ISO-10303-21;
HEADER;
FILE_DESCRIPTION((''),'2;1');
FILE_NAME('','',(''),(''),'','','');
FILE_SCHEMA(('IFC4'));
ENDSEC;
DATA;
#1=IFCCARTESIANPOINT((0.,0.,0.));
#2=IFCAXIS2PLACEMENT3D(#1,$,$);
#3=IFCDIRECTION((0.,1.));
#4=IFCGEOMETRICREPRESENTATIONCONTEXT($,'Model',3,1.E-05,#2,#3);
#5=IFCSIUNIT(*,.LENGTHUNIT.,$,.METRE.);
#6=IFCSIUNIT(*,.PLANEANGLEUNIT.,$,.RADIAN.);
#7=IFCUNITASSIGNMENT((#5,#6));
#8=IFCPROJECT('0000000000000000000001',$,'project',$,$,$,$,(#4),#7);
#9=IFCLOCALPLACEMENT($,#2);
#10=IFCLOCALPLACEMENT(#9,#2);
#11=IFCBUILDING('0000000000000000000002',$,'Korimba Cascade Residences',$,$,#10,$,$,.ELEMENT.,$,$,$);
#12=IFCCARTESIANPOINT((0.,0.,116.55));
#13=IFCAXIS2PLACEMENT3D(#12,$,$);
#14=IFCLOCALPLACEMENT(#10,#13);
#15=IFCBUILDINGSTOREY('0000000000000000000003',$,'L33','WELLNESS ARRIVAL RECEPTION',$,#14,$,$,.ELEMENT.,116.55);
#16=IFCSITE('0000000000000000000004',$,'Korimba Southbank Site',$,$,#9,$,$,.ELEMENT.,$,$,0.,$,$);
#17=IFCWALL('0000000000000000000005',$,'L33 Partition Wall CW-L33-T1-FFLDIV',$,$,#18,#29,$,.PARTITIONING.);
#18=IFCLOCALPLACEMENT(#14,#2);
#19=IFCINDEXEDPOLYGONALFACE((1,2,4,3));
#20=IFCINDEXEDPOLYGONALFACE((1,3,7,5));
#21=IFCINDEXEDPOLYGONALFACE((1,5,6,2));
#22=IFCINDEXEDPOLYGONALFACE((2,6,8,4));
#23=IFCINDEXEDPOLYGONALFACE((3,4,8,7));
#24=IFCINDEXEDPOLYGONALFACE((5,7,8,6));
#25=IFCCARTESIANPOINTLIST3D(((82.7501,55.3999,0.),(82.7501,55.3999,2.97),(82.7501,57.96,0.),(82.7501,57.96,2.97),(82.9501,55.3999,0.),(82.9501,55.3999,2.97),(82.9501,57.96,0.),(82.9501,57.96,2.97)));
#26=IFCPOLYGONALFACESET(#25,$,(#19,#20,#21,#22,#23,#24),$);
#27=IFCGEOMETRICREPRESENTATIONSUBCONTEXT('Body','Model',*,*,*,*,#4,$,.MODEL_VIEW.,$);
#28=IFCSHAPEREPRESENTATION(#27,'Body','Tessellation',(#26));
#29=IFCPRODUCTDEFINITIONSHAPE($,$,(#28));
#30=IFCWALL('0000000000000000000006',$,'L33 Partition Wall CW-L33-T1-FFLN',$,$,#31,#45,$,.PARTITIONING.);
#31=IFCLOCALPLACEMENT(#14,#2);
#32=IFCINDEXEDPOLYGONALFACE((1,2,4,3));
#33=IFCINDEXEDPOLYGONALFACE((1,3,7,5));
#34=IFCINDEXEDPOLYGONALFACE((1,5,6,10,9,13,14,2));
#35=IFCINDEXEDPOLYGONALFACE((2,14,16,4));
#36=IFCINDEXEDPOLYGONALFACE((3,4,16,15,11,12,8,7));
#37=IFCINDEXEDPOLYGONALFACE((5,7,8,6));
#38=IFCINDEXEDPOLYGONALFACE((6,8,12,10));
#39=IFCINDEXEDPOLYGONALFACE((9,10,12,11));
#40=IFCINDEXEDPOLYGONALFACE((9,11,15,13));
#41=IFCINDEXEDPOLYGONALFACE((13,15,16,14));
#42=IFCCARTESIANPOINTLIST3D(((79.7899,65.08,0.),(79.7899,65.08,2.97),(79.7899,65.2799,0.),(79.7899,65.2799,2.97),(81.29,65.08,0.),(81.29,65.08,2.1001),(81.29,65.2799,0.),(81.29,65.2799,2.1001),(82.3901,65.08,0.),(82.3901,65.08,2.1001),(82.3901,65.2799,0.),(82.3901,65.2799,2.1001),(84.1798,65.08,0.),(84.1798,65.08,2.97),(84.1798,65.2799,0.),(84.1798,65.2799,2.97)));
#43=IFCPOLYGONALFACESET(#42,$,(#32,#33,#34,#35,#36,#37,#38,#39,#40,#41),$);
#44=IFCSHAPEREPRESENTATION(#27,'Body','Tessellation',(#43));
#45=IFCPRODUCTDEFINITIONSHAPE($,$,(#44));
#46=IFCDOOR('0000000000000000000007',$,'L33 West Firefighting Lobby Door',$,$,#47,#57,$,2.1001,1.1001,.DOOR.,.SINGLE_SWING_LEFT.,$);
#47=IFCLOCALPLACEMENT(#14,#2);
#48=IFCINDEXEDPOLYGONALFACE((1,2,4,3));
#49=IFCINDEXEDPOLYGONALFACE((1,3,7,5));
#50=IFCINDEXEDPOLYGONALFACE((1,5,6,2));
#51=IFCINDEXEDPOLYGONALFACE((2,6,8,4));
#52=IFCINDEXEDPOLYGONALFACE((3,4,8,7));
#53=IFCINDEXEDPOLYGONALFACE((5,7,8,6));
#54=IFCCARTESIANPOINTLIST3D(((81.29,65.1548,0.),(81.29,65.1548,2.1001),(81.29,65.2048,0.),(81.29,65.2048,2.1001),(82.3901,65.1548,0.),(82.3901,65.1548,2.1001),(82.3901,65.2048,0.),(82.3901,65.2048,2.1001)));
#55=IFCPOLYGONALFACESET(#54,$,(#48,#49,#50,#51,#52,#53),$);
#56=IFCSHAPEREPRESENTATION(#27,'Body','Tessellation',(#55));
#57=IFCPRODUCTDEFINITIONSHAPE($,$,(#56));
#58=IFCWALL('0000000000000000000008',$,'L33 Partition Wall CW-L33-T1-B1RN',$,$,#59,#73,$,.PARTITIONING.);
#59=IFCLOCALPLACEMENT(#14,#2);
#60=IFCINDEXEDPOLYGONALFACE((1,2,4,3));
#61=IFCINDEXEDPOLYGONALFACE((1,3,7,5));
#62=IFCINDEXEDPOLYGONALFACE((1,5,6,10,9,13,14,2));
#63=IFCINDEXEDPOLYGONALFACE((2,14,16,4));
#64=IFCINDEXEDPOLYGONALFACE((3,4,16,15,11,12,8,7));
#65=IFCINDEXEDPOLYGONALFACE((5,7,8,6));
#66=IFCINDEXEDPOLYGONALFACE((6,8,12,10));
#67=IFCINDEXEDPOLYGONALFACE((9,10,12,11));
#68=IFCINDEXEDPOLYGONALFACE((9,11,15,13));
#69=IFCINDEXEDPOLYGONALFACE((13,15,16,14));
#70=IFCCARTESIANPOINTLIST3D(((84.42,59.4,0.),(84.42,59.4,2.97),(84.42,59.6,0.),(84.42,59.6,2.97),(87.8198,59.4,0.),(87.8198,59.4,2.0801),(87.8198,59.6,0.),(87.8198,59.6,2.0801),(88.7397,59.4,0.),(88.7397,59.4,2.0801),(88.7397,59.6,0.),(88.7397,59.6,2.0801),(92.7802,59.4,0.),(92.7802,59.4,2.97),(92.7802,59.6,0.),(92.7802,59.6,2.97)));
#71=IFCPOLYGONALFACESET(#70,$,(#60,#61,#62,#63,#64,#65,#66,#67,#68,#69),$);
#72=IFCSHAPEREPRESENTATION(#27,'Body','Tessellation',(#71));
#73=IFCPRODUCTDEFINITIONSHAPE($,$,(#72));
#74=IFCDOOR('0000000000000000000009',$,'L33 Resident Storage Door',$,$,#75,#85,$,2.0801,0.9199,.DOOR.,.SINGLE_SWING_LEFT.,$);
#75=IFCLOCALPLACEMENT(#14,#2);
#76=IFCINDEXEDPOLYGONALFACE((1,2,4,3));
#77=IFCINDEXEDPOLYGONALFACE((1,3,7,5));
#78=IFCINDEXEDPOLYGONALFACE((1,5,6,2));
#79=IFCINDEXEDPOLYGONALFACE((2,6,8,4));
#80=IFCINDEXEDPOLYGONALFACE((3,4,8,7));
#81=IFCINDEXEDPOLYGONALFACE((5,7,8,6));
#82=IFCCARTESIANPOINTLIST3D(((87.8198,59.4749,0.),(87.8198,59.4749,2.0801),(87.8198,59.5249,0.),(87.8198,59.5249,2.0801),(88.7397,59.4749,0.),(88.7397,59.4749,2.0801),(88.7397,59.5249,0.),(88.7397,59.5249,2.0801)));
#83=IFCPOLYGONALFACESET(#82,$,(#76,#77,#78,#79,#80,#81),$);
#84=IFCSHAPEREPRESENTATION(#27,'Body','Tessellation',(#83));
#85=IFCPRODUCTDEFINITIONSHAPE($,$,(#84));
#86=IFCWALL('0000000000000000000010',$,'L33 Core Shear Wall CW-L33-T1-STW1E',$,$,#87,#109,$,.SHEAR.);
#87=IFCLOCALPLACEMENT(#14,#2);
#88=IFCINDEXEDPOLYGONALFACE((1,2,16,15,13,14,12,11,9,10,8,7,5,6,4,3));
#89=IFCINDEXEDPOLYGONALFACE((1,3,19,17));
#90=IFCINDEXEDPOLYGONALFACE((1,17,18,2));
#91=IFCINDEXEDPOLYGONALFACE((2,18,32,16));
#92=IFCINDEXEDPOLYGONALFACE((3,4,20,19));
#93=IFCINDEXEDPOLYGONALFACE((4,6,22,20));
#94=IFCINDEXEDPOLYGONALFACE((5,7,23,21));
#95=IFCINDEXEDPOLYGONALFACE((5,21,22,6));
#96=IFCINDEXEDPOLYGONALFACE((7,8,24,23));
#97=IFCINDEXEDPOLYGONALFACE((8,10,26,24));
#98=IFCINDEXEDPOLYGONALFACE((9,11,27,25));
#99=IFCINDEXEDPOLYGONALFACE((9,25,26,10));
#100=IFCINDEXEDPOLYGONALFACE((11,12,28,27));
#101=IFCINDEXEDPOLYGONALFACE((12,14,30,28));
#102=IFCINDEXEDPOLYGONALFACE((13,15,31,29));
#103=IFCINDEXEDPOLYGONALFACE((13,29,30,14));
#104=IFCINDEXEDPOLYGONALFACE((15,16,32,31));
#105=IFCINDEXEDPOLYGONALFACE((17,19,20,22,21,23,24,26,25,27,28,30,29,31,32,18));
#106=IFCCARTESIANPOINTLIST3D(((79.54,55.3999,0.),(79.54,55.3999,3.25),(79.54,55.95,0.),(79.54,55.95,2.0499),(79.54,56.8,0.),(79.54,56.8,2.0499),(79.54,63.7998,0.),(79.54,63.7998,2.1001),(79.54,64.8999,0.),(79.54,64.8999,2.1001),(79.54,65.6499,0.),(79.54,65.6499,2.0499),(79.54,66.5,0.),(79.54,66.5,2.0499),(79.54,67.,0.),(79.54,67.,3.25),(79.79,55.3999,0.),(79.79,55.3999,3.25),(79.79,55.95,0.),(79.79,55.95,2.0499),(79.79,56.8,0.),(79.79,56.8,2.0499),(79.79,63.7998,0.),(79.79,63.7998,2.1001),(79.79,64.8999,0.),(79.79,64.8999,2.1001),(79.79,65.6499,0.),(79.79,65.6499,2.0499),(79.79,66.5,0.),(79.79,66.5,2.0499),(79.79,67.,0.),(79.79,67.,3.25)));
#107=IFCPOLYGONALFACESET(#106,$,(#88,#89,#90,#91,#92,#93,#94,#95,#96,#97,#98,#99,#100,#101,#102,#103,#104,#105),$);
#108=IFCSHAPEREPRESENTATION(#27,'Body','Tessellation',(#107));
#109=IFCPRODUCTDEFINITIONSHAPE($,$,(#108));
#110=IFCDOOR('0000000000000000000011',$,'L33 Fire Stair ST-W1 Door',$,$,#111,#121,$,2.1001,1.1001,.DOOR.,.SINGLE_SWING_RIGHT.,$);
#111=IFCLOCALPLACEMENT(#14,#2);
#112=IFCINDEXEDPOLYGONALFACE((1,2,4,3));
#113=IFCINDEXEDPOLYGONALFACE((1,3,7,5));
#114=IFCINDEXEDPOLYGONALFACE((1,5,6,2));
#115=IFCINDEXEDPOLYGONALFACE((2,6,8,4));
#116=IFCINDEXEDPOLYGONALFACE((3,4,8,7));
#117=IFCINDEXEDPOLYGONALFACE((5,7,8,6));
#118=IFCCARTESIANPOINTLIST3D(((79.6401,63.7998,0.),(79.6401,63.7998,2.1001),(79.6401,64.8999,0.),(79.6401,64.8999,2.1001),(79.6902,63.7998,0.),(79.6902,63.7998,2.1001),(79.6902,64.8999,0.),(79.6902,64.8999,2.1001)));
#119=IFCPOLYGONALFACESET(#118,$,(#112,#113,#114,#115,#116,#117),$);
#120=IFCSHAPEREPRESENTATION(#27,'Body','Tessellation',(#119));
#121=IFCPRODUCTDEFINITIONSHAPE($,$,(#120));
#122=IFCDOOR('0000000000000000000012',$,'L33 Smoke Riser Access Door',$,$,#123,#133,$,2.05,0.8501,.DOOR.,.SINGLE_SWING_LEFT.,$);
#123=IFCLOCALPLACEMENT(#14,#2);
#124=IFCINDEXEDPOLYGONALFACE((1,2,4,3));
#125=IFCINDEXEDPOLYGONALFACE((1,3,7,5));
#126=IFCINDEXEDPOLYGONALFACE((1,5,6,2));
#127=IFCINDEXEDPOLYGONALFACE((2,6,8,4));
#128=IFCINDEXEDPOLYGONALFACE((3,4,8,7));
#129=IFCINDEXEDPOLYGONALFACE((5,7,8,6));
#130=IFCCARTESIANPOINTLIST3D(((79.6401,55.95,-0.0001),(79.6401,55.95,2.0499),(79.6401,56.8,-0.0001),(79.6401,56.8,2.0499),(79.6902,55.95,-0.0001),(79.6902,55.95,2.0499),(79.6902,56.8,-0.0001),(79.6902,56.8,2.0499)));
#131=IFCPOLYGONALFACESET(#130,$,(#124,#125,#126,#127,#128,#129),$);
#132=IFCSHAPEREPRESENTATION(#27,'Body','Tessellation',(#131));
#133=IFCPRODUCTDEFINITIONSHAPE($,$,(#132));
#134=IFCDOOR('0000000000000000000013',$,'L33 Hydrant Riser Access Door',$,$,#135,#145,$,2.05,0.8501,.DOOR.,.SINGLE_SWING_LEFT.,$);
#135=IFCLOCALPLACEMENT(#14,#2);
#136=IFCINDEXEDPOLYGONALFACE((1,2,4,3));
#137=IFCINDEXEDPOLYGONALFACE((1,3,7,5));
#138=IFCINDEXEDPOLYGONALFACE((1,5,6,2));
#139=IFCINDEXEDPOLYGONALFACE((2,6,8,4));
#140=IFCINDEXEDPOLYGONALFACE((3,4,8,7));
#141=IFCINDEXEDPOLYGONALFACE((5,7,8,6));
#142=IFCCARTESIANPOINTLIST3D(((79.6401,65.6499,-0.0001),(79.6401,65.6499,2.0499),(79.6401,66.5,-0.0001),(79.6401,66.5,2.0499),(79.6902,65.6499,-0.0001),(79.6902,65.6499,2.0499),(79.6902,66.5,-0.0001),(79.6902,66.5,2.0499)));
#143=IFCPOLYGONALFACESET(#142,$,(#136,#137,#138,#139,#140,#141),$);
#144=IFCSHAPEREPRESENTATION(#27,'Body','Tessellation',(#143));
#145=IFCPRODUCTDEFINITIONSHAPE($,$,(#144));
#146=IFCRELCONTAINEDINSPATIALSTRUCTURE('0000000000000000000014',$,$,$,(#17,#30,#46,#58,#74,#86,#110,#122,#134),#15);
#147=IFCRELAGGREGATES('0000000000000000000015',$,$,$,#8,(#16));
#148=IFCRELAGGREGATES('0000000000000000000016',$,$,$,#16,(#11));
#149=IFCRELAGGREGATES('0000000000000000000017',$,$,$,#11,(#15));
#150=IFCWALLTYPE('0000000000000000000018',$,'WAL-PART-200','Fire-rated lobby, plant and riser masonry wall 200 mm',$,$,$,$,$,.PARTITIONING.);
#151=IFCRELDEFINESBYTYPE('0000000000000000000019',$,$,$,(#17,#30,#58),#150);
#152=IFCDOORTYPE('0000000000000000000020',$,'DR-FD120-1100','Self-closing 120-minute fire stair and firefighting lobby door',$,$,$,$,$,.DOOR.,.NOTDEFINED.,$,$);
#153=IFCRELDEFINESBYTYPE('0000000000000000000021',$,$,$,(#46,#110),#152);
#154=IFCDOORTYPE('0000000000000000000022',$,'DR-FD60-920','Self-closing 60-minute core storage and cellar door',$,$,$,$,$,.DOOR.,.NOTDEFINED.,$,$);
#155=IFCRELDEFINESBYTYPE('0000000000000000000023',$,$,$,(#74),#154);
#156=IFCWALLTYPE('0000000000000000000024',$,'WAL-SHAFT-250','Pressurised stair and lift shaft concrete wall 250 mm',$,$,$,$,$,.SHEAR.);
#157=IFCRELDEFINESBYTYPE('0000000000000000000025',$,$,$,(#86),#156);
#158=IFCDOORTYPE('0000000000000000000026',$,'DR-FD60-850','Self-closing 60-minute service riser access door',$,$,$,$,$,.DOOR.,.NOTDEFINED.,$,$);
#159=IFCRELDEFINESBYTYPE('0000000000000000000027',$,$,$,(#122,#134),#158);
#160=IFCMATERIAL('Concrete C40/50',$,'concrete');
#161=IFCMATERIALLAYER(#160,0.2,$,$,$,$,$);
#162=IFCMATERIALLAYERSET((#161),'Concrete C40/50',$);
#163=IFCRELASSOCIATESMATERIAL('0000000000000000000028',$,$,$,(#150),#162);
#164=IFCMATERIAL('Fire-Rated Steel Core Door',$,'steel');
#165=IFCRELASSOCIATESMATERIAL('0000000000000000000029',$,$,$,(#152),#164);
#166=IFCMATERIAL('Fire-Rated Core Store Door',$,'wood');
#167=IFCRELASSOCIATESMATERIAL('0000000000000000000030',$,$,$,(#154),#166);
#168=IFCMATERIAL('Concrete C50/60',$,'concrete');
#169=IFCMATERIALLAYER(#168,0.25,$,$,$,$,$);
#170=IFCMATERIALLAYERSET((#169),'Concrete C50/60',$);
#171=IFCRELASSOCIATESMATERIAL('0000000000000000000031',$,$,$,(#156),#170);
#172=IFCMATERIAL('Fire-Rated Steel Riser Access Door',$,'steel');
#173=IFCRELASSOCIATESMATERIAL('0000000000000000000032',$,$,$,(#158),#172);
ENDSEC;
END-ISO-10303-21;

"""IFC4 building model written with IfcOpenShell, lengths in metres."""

from ifc_helpers import new_model, si_unit, direction, frame, frame_2d, origin, place, context, subcontext, project, spatial, rectangle, extrude, material, layer, layer_set, type_object, element, fill, save


model = new_model("IFC4")

# Units and contexts
model_context = context("Model", 3, precision=1e-05, world=origin(), true_north=direction((0.0, 1.0)))
body_context = subcontext(model_context, "Body", "Model", "MODEL_VIEW")
ifc_project = project(units=[si_unit("LENGTHUNIT", "METRE"), si_unit("PLANEANGLEUNIT", "RADIAN")], contexts=[model_context])

# Site, building, storey
site_placement = place(None, origin())
site = spatial("IfcSite", under=ifc_project, at=site_placement, Name="Korimba Southbank Site", CompositionType="ELEMENT", RefElevation=0.0)
building_placement = place(site_placement, origin())
building = spatial("IfcBuilding", under=site, at=building_placement, Name="Korimba Cascade Residences", CompositionType="ELEMENT")
storey_placement = place(building_placement, frame((0.0, 0.0, 116.55)))
storey = spatial("IfcBuildingStorey", under=building, at=storey_placement, Name="L33", Description="WELLNESS ARRIVAL RECEPTION", CompositionType="ELEMENT", Elevation=116.55)

# Wall
ifc_material_1 = material(Name="Concrete C40/50", Category="concrete")
ifc_layer_1 = layer(ifc_material_1, 0.2)
ifc_layer_set_1 = layer_set([ifc_layer_1], Name="Concrete C40/50")
wall_type_1 = type_object("IfcWallType", Name="WAL-PART-200", Description="Fire-rated lobby, plant and riser masonry wall 200 mm", PredefinedType="PARTITIONING", material=ifc_layer_set_1)
wall_1_placement = place(storey_placement, frame((82.8501, 55.3999, 0.0), z_axis=(0.0, 0.0, 1.0), x_axis=(0.0, 1.0, 0.0)))
element("IfcWall", 1, at=wall_1_placement, inside=storey, type_object=wall_type_1, Name="L33 Partition Wall CW-L33-T1-FFLDIV", PredefinedType="PARTITIONING", context=body_context, shape_type="SweptSolid", body=[
    extrude(rectangle(XDim=2.5601, YDim=0.2, at=frame_2d((1.28, 0.0))), origin(), (0.0, 0.0, 1.0), 2.97),
])

# Walls, openings, doors
wall_2_placement = place(storey_placement, frame((79.79, 65.1799, 0.0), z_axis=(0.0, 0.0, 1.0), x_axis=(1.0, 0.0, 0.0)))
wall_2 = element("IfcWall", 2, at=wall_2_placement, inside=storey, type_object=wall_type_1, Name="L33 Partition Wall CW-L33-T1-FFLN", PredefinedType="PARTITIONING", context=body_context, shape_type="SweptSolid", body=[
    extrude(rectangle(XDim=4.3899, YDim=0.2, at=frame_2d((2.1948, 0.0))), origin(), (0.0, 0.0, 1.0), 2.97),
])
opening_1_placement = place(wall_2_placement, frame((1.5, 0.0, 0.0)))
opening_1 = element("IfcOpeningElement", 3, at=opening_1_placement, cuts=wall_2, PredefinedType="OPENING", context=body_context, shape_type="SweptSolid", body=[
    extrude(rectangle(XDim=1.1001, YDim=2.1001, at=frame_2d((0.55, 1.05))), frame((0.0, 0.1099, 0.0), z_axis=(0.0, -1.0, 0.0), x_axis=(1.0, 0.0, 0.0)), (0.0, 0.0, 1.0), 0.22),
])
ifc_material_2 = material(Name="Fire-Rated Steel Core Door", Category="steel")
door_type_1 = type_object("IfcDoorType", Name="DR-FD120-1100", Description="Self-closing 120-minute fire stair and firefighting lobby door", OperationType="NOTDEFINED", PredefinedType="DOOR", material=ifc_material_2)
door_1_placement = place(opening_1_placement, origin())
door_1 = element("IfcDoor", 4, at=door_1_placement, inside=storey, type_object=door_type_1, Name="L33 West Firefighting Lobby Door", OperationType="SINGLE_SWING_LEFT", OverallHeight=2.1001, OverallWidth=1.1001, PredefinedType="DOOR", context=body_context, shape_type="SweptSolid", body=[
    extrude(rectangle(XDim=1.1001, YDim=2.1001, at=frame_2d((0.55, 1.05))), frame((0.0, 0.0249, 0.0), z_axis=(0.0, -1.0, 0.0), x_axis=(1.0, 0.0, 0.0)), (0.0, 0.0, 1.0), 0.05),
])
fill(opening_1, door_1)
wall_3_placement = place(storey_placement, frame((84.4199, 59.5, 0.0), z_axis=(0.0, 0.0, 1.0), x_axis=(1.0, 0.0, 0.0)))
wall_3 = element("IfcWall", 5, at=wall_3_placement, inside=storey, type_object=wall_type_1, Name="L33 Partition Wall CW-L33-T1-B1RN", PredefinedType="PARTITIONING", context=body_context, shape_type="SweptSolid", body=[
    extrude(rectangle(XDim=8.3601, YDim=0.2, at=frame_2d((4.1802, 0.0))), origin(), (0.0, 0.0, 1.0), 2.97),
])
opening_2_placement = place(wall_3_placement, frame((3.3999, 0.0, 0.0)))
opening_2 = element("IfcOpeningElement", 6, at=opening_2_placement, cuts=wall_3, PredefinedType="OPENING", context=body_context, shape_type="SweptSolid", body=[
    extrude(rectangle(XDim=0.9199, YDim=2.0801, at=frame_2d((0.46, 1.04))), frame((0.0, 0.1099, 0.0), z_axis=(0.0, -1.0, 0.0), x_axis=(1.0, 0.0, 0.0)), (0.0, 0.0, 1.0), 0.22),
])
ifc_material_3 = material(Name="Fire-Rated Core Store Door", Category="wood")
door_type_2 = type_object("IfcDoorType", Name="DR-FD60-920", Description="Self-closing 60-minute core storage and cellar door", OperationType="NOTDEFINED", PredefinedType="DOOR", material=ifc_material_3)
door_2_placement = place(opening_2_placement, origin())
door_2 = element("IfcDoor", 7, at=door_2_placement, inside=storey, type_object=door_type_2, Name="L33 Resident Storage Door", OperationType="SINGLE_SWING_LEFT", OverallHeight=2.0801, OverallWidth=0.9199, PredefinedType="DOOR", context=body_context, shape_type="SweptSolid", body=[
    extrude(rectangle(XDim=0.9199, YDim=2.0801, at=frame_2d((0.46, 1.04))), frame((0.0, 0.0249, 0.0), z_axis=(0.0, -1.0, 0.0), x_axis=(1.0, 0.0, 0.0)), (0.0, 0.0, 1.0), 0.05),
])
fill(opening_2, door_2)

# Wall, openings, doors
ifc_material_4 = material(Name="Concrete C50/60", Category="concrete")
ifc_layer_2 = layer(ifc_material_4, 0.25)
ifc_layer_set_2 = layer_set([ifc_layer_2], Name="Concrete C50/60")
wall_type_2 = type_object("IfcWallType", Name="WAL-SHAFT-250", Description="Pressurised stair and lift shaft concrete wall 250 mm", PredefinedType="SHEAR", material=ifc_layer_set_2)
wall_4_placement = place(storey_placement, frame((79.665, 55.3999, 0.0), z_axis=(0.0, 0.0, 1.0), x_axis=(0.0, 1.0, 0.0)))
wall_4 = element("IfcWall", 8, at=wall_4_placement, inside=storey, type_object=wall_type_2, Name="L33 Core Shear Wall CW-L33-T1-STW1E", PredefinedType="SHEAR", context=body_context, shape_type="SweptSolid", body=[
    extrude(rectangle(XDim=11.6001, YDim=0.25, at=frame_2d((5.8, 0.0))), origin(), (0.0, 0.0, 1.0), 3.25),
])
opening_3_placement = place(wall_4_placement, frame((0.55, 0.0, 0.0)))
opening_3 = element("IfcOpeningElement", 9, at=opening_3_placement, cuts=wall_4, PredefinedType="OPENING", context=body_context, shape_type="SweptSolid", body=[
    extrude(rectangle(XDim=0.8501, YDim=2.05, at=frame_2d((0.425, 1.0249))), frame((0.0, 0.135, 0.0), z_axis=(0.0, -1.0, 0.0), x_axis=(1.0, 0.0, 0.0)), (0.0, 0.0, 1.0), 0.27),
])
opening_4_placement = place(wall_4_placement, frame((8.3999, 0.0, 0.0)))
opening_4 = element("IfcOpeningElement", 10, at=opening_4_placement, cuts=wall_4, PredefinedType="OPENING", context=body_context, shape_type="SweptSolid", body=[
    extrude(rectangle(XDim=1.1001, YDim=2.1001, at=frame_2d((0.55, 1.05))), frame((0.0, 0.135, 0.0), z_axis=(0.0, -1.0, 0.0), x_axis=(1.0, 0.0, 0.0)), (0.0, 0.0, 1.0), 0.27),
])
opening_5_placement = place(wall_4_placement, frame((10.25, 0.0, 0.0)))
opening_5 = element("IfcOpeningElement", 11, at=opening_5_placement, cuts=wall_4, PredefinedType="OPENING", context=body_context, shape_type="SweptSolid", body=[
    extrude(rectangle(XDim=0.8501, YDim=2.05, at=frame_2d((0.425, 1.0249))), frame((0.0, 0.135, 0.0), z_axis=(0.0, -1.0, 0.0), x_axis=(1.0, 0.0, 0.0)), (0.0, 0.0, 1.0), 0.27),
])
door_3_placement = place(opening_4_placement, origin())
door_3 = element("IfcDoor", 12, at=door_3_placement, inside=storey, type_object=door_type_1, Name="L33 Fire Stair ST-W1 Door", OperationType="SINGLE_SWING_RIGHT", OverallHeight=2.1001, OverallWidth=1.1001, PredefinedType="DOOR", context=body_context, shape_type="SweptSolid", body=[
    extrude(rectangle(XDim=1.1001, YDim=2.1001, at=frame_2d((0.55, 1.05))), frame((0.0, 0.0249, 0.0), z_axis=(0.0, -1.0, 0.0), x_axis=(1.0, 0.0, 0.0)), (0.0, 0.0, 1.0), 0.05),
])
fill(opening_4, door_3)
ifc_material_5 = material(Name="Fire-Rated Steel Riser Access Door", Category="steel")
door_type_3 = type_object("IfcDoorType", Name="DR-FD60-850", Description="Self-closing 60-minute service riser access door", OperationType="NOTDEFINED", PredefinedType="DOOR", material=ifc_material_5)
door_4_placement = place(opening_3_placement, origin())
door_4 = element("IfcDoor", 13, at=door_4_placement, inside=storey, type_object=door_type_3, Name="L33 Smoke Riser Access Door", OperationType="SINGLE_SWING_LEFT", OverallHeight=2.05, OverallWidth=0.8501, PredefinedType="DOOR", context=body_context, shape_type="SweptSolid", body=[
    extrude(rectangle(XDim=0.8501, YDim=2.05, at=frame_2d((0.425, 1.0249))), frame((0.0, 0.0249, 0.0), z_axis=(0.0, -1.0, 0.0), x_axis=(1.0, 0.0, 0.0)), (0.0, 0.0, 1.0), 0.05),
])
fill(opening_3, door_4)
door_5_placement = place(opening_5_placement, origin())
door_5 = element("IfcDoor", 14, at=door_5_placement, inside=storey, type_object=door_type_3, Name="L33 Hydrant Riser Access Door", OperationType="SINGLE_SWING_LEFT", OverallHeight=2.05, OverallWidth=0.8501, PredefinedType="DOOR", context=body_context, shape_type="SweptSolid", body=[
    extrude(rectangle(XDim=0.8501, YDim=2.05, at=frame_2d((0.425, 1.0249))), frame((0.0, 0.0249, 0.0), z_axis=(0.0, -1.0, 0.0), x_axis=(1.0, 0.0, 0.0)), (0.0, 0.0, 1.0), 0.05),
])
fill(opening_5, door_5)

save(model, "model.ifc")
